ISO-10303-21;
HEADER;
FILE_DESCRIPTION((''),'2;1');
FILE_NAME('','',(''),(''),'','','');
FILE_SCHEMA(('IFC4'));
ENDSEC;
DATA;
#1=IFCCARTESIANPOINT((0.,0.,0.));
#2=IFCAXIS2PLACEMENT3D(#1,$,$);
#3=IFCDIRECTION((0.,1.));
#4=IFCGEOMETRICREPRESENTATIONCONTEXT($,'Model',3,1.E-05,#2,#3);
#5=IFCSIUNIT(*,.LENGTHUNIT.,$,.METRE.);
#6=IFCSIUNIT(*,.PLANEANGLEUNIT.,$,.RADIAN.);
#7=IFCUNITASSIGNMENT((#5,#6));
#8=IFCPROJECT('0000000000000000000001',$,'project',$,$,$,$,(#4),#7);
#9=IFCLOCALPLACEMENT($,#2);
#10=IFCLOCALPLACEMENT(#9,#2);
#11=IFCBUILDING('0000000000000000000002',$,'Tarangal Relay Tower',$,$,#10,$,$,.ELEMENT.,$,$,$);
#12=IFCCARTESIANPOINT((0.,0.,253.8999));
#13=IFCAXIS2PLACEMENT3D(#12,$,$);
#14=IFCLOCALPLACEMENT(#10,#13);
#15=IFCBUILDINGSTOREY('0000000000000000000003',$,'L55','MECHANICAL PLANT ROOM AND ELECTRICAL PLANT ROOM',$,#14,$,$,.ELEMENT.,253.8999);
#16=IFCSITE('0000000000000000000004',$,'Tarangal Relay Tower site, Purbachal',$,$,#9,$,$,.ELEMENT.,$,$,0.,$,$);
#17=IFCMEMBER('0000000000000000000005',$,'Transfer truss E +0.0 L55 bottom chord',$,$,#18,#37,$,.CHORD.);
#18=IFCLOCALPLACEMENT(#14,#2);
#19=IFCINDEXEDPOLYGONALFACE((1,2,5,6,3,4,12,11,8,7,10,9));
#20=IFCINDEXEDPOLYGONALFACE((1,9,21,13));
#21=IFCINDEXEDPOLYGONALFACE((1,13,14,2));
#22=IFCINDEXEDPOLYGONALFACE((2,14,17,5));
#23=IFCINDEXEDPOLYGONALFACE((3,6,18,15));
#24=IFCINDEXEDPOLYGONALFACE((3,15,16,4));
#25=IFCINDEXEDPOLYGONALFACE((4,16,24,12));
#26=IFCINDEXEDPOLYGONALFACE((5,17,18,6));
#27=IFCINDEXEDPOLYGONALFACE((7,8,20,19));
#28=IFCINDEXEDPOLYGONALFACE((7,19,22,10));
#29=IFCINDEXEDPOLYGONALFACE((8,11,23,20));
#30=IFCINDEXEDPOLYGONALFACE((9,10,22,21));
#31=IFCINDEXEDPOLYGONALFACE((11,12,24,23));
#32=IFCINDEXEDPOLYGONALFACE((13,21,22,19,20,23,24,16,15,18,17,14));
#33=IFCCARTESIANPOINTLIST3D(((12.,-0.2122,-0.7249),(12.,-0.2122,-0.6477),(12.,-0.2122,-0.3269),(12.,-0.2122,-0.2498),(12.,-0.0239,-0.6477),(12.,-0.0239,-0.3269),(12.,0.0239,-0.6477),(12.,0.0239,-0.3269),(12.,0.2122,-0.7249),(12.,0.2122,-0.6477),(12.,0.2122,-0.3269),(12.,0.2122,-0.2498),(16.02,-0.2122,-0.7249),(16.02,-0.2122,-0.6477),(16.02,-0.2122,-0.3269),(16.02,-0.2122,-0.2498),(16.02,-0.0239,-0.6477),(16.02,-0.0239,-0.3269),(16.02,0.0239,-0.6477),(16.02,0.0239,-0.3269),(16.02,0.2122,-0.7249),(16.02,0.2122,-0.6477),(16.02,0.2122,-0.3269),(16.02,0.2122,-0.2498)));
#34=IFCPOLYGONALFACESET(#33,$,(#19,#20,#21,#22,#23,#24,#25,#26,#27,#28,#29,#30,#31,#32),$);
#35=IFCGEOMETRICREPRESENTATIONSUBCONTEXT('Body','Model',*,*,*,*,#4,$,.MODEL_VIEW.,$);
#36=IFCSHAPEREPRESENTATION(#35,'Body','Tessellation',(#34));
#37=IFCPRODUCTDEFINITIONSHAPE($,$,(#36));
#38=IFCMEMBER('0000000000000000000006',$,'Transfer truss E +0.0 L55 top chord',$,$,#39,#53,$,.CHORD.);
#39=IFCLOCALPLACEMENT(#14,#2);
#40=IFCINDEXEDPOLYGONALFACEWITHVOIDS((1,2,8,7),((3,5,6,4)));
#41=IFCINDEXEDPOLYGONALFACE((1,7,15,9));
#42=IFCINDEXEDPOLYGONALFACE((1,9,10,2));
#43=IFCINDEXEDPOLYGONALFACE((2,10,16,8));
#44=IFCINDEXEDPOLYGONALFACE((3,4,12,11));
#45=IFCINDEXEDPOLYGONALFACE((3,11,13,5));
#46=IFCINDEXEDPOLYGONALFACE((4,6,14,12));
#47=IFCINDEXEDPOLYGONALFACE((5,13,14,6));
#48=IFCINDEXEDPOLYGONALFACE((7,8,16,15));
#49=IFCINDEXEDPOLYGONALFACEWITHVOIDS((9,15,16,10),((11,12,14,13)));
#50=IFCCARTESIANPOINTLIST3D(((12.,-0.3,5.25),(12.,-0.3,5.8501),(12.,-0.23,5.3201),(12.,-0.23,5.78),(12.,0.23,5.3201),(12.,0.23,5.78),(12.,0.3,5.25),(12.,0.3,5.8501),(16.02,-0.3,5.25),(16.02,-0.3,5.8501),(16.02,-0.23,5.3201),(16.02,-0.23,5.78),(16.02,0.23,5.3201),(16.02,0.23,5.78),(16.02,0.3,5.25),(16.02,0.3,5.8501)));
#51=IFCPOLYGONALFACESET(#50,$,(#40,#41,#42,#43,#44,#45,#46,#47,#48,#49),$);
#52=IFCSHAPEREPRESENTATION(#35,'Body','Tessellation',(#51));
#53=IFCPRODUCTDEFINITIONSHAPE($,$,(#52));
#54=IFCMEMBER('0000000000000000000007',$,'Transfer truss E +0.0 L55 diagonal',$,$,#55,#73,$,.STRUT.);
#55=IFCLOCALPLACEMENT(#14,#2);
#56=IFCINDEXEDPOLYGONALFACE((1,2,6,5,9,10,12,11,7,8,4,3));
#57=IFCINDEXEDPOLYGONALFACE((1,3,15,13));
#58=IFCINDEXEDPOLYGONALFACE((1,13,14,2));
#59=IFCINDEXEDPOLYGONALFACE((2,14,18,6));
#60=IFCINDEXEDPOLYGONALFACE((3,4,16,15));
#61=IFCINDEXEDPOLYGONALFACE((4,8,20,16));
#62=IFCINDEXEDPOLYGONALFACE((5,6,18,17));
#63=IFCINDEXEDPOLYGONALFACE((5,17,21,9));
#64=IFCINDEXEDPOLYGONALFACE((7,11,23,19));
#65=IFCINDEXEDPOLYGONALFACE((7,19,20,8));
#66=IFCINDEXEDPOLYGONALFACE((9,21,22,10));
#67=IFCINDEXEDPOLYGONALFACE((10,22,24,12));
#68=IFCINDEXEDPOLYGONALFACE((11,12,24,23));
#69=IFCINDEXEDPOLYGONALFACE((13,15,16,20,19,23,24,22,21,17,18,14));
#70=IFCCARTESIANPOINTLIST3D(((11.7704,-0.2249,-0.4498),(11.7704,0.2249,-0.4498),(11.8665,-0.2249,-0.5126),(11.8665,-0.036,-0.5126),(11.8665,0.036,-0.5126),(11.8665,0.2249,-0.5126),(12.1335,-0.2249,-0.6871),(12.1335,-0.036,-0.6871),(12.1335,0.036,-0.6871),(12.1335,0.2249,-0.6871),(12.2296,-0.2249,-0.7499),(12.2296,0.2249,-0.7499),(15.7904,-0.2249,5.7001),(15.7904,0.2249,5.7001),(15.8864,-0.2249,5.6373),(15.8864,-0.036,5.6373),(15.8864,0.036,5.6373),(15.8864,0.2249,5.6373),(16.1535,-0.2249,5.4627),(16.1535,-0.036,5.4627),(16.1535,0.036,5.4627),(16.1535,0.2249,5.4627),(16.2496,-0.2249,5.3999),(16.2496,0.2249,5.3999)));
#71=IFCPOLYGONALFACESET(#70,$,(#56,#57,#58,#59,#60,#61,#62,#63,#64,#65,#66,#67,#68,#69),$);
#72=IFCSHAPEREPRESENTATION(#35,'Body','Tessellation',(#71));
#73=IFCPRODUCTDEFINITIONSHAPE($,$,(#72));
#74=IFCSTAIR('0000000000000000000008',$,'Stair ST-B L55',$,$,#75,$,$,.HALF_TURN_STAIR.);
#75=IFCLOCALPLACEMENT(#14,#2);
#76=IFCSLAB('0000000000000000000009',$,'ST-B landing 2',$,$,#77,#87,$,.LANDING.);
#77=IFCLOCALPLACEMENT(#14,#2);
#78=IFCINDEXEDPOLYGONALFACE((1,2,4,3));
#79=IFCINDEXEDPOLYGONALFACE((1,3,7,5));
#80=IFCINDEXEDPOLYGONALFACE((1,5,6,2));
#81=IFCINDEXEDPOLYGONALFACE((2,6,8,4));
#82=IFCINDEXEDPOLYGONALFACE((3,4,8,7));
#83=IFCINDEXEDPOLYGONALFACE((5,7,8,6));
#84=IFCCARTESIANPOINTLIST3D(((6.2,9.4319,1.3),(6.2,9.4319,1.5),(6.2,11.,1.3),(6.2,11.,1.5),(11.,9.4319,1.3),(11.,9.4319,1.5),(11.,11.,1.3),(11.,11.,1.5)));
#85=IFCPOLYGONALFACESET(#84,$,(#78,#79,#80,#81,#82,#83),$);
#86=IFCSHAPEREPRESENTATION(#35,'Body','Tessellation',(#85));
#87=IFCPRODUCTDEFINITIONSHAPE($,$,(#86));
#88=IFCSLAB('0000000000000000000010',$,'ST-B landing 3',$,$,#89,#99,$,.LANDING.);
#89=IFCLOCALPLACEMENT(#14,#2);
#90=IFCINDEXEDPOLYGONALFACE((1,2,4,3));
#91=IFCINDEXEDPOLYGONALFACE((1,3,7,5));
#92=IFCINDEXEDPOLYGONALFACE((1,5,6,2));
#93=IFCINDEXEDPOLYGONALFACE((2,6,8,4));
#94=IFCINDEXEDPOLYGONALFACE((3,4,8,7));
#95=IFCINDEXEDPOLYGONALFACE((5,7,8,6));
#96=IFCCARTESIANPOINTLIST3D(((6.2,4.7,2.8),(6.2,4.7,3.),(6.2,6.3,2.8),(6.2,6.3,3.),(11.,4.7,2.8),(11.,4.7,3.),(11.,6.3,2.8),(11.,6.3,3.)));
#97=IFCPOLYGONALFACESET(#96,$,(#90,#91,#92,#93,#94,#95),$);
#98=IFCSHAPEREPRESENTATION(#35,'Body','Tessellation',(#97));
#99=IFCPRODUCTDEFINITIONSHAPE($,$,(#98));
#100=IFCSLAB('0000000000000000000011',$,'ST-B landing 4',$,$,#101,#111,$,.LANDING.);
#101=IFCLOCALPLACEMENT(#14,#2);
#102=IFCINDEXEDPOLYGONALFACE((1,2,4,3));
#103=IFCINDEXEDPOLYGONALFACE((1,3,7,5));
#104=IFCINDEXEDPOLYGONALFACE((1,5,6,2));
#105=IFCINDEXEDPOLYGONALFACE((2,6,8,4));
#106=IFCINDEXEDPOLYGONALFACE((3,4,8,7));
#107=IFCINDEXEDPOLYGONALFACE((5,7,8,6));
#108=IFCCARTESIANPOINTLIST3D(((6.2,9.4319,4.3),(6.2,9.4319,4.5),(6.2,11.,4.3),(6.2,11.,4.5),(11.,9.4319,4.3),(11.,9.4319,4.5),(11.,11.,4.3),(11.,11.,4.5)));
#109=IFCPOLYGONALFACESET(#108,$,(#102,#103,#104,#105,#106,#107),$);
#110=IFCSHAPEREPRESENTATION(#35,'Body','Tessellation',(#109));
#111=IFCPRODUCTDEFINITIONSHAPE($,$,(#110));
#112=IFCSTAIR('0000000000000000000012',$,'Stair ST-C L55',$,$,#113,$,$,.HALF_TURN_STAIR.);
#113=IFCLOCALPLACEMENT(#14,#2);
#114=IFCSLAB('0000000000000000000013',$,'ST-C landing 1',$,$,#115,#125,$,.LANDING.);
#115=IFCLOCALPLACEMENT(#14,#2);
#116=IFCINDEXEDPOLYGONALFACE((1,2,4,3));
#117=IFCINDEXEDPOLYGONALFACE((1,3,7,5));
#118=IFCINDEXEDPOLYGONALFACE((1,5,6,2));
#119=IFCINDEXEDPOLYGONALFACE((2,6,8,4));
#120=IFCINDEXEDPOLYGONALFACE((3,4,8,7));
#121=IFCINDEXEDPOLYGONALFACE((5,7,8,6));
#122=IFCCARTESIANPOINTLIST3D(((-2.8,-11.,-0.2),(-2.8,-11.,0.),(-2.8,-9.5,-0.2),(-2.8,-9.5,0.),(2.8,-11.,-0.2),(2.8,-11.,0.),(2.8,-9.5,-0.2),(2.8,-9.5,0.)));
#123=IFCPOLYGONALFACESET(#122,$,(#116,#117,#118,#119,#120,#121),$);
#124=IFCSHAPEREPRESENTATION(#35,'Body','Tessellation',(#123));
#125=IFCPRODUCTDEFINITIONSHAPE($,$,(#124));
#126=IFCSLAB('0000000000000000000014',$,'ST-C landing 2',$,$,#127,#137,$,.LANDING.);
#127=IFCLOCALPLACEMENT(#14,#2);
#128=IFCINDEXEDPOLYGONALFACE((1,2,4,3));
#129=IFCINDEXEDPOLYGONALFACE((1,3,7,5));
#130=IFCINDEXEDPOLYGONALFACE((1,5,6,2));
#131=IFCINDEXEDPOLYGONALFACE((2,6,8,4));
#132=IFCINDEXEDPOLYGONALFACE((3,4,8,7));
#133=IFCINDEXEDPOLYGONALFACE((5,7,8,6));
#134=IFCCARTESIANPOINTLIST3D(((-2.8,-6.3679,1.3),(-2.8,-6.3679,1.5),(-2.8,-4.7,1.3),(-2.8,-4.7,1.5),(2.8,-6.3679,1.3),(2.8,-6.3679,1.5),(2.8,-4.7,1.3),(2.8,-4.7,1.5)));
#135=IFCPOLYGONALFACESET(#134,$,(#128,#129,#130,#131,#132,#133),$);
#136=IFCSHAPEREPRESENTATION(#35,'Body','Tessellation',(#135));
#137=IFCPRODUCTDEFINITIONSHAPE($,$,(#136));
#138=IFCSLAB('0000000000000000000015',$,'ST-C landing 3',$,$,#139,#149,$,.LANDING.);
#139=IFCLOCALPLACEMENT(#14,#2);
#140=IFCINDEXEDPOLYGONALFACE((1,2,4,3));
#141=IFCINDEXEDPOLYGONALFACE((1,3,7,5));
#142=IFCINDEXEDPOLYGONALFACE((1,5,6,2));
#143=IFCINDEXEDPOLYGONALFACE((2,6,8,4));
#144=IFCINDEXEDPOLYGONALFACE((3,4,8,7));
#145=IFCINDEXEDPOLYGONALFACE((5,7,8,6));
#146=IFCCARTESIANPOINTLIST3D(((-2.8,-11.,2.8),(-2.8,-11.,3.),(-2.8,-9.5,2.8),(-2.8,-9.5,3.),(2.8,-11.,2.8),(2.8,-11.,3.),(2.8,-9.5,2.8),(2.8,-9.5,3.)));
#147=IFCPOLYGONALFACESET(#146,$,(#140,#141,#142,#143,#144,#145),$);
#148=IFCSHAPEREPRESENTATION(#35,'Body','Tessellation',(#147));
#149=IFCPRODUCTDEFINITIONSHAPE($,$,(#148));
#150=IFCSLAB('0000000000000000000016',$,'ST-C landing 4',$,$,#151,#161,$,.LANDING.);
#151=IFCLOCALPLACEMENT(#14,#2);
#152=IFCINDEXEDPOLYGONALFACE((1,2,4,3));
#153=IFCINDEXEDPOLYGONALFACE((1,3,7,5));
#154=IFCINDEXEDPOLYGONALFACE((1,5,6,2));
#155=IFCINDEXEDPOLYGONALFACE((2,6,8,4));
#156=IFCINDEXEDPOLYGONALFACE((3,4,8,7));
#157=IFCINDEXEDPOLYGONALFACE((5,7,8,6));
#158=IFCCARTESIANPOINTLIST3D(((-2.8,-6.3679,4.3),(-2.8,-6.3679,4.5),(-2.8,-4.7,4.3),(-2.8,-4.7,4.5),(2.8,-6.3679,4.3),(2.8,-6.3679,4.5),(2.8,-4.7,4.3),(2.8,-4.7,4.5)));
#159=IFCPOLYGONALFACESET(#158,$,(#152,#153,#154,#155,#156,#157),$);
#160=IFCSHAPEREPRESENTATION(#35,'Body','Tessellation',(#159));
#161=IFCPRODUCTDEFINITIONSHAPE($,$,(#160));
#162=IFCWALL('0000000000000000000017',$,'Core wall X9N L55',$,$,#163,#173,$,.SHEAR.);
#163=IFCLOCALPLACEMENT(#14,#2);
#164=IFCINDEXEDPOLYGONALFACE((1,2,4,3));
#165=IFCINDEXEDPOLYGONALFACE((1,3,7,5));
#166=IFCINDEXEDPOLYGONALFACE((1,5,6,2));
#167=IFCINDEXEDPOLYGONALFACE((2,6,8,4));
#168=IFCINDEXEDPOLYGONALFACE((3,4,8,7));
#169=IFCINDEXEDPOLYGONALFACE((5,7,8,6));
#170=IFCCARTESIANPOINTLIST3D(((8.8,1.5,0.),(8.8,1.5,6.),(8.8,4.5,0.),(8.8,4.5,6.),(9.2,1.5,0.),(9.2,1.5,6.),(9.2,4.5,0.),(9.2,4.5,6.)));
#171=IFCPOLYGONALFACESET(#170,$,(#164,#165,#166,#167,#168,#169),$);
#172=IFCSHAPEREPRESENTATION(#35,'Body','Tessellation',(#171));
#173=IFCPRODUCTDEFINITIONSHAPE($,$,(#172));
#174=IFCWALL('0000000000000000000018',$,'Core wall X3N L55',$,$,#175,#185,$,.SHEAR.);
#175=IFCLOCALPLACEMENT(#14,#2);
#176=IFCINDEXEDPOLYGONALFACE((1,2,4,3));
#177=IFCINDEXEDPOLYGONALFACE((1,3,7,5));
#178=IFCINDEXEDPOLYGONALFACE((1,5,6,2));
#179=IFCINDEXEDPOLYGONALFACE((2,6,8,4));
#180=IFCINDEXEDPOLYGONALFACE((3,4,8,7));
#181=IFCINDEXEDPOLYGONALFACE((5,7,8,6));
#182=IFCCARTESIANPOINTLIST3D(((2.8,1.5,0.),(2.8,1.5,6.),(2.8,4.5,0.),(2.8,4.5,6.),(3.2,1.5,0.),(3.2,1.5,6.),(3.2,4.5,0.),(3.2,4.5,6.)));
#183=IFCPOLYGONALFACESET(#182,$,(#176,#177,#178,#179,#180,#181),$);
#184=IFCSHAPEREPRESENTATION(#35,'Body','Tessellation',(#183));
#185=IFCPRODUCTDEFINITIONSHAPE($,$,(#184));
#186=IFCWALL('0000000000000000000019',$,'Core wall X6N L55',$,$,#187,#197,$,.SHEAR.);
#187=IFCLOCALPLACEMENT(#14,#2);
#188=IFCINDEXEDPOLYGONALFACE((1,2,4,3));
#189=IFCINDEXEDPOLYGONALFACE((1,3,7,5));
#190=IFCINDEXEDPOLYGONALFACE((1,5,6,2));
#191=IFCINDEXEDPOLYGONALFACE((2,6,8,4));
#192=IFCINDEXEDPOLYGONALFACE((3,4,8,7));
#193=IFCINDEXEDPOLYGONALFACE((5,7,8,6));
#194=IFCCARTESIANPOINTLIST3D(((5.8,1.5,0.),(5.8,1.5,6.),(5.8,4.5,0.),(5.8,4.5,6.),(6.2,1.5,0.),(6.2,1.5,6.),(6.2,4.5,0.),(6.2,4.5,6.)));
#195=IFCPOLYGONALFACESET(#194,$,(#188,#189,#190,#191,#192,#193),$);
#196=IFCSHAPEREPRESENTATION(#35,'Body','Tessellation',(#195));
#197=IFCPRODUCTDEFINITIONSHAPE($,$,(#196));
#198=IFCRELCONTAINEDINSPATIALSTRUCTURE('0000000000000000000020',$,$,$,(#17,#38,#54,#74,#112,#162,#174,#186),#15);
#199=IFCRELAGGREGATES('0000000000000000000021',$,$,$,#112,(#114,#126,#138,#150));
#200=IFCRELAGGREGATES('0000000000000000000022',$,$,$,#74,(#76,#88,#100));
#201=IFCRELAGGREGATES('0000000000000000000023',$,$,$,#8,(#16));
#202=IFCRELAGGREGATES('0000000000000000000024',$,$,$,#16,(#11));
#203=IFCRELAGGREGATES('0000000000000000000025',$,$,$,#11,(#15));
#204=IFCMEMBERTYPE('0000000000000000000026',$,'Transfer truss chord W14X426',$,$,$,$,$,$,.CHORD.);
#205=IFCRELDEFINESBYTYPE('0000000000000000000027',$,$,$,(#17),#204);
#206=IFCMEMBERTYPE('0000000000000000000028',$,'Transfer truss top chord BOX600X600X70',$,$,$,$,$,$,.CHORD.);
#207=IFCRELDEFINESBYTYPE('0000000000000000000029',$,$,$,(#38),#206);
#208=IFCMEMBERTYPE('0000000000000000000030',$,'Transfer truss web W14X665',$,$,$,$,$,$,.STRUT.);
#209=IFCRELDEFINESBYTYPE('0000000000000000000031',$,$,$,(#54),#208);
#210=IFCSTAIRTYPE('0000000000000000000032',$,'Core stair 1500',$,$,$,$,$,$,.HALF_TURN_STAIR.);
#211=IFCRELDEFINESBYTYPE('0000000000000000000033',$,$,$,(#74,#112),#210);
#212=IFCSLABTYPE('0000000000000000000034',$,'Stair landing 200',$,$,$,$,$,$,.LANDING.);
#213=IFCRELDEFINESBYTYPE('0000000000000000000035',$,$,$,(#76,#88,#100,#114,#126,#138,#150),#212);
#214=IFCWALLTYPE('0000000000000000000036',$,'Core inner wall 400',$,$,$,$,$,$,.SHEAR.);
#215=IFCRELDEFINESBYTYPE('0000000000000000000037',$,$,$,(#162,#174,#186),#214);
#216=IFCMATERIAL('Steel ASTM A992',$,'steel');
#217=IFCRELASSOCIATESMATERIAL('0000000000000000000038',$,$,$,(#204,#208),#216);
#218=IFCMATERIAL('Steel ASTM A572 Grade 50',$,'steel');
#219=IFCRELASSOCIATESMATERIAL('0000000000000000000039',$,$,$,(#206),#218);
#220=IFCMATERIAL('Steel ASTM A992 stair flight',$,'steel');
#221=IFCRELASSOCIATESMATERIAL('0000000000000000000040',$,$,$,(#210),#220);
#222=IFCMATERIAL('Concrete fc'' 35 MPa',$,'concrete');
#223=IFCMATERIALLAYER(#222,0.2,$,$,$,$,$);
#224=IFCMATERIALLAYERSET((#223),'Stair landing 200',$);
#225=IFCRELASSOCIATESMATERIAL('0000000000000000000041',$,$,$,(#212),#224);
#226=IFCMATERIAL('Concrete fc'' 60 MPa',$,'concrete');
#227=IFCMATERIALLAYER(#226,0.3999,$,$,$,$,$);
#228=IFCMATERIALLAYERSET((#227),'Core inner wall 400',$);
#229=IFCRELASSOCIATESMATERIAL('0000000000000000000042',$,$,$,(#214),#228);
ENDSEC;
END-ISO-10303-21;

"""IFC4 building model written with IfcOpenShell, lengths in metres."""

from ifc_helpers import new_model, si_unit, direction, frame, frame_2d, origin, origin_2d, place, context, subcontext, project, spatial, polyline, rectangle, hollow_rectangle, i_section, outline, extrude, material, layer, layer_set, material_profile, profile_set, type_object, element, aggregate, save


model = new_model("IFC4")

# Units and contexts
model_context = context("Model", 3, precision=1e-05, world=origin(), true_north=direction((0.0, 1.0)))
body_context = subcontext(model_context, "Body", "Model", "MODEL_VIEW")
ifc_project = project(units=[si_unit("LENGTHUNIT", "METRE"), si_unit("PLANEANGLEUNIT", "RADIAN")], contexts=[model_context])

# Site, building, storey
site_placement = place(None, origin())
site = spatial("IfcSite", under=ifc_project, at=site_placement, Name="Tarangal Relay Tower site, Purbachal", CompositionType="ELEMENT", RefElevation=0.0)
building_placement = place(site_placement, origin())
building = spatial("IfcBuilding", under=site, at=building_placement, Name="Tarangal Relay Tower", CompositionType="ELEMENT")
storey_placement = place(building_placement, frame((0.0, 0.0, 253.8999)))
storey = spatial("IfcBuildingStorey", under=building, at=storey_placement, Name="L55", Description="MECHANICAL PLANT ROOM AND ELECTRICAL PLANT ROOM", CompositionType="ELEMENT", Elevation=253.8999)

# Members
ifc_material_1 = material(Name="Steel ASTM A992", Category="steel")
ifc_material_profile_1 = material_profile(ifc_material_1, i_section(OverallWidth=0.4243, OverallDepth=0.4751, WebThickness=0.0479, FlangeThickness=0.0771, at=origin_2d()), Name="W14X426")
ifc_profile_set_1 = profile_set([ifc_material_profile_1], Name="Steel ASTM A992")
member_type_1 = type_object("IfcMemberType", Name="Transfer truss chord W14X426", PredefinedType="CHORD", material=ifc_profile_set_1)
member_1_placement = place(storey_placement, frame((12.0, 0.0, -0.4873), z_axis=(1.0, 0.0, 0.0), x_axis=(0.0, 1.0, 0.0)))
element("IfcMember", 1, at=member_1_placement, inside=storey, type_object=member_type_1, Name="Transfer truss E +0.0 L55 bottom chord", PredefinedType="CHORD", context=body_context, shape_type="SweptSolid", body=[
    extrude(i_section(OverallWidth=0.4243, OverallDepth=0.4751, WebThickness=0.0479, FlangeThickness=0.0771, at=origin_2d()), origin(), (0.0, 0.0, 1.0), 4.02),
])
ifc_material_2 = material(Name="Steel ASTM A572 Grade 50", Category="steel")
ifc_material_profile_2 = material_profile(ifc_material_2, hollow_rectangle(XDim=0.6001, YDim=0.6001, WallThickness=0.0701, at=origin_2d()), Name="BOX600X600X70")
ifc_profile_set_2 = profile_set([ifc_material_profile_2], Name="Steel ASTM A572 Grade 50")
member_type_2 = type_object("IfcMemberType", Name="Transfer truss top chord BOX600X600X70", PredefinedType="CHORD", material=ifc_profile_set_2)
member_2_placement = place(storey_placement, frame((12.0, 0.0, 5.55), z_axis=(1.0, 0.0, 0.0), x_axis=(0.0, 1.0, 0.0)))
element("IfcMember", 2, at=member_2_placement, inside=storey, type_object=member_type_2, Name="Transfer truss E +0.0 L55 top chord", PredefinedType="CHORD", context=body_context, shape_type="SweptSolid", body=[
    extrude(hollow_rectangle(XDim=0.6001, YDim=0.6001, WallThickness=0.0701, at=origin_2d()), origin(), (0.0, 0.0, 1.0), 4.02),
])
ifc_material_profile_3 = material_profile(ifc_material_1, i_section(OverallWidth=0.4497, OverallDepth=0.5486, WebThickness=0.072, FlangeThickness=0.1147, at=origin_2d()), Name="W14X665")
ifc_profile_set_3 = profile_set([ifc_material_profile_3], Name="Steel ASTM A992")
member_type_3 = type_object("IfcMemberType", Name="Transfer truss web W14X665", PredefinedType="STRUT", material=ifc_profile_set_3)
member_3_placement = place(storey_placement, frame((12.0, 0.0, -0.5999), z_axis=(0.547147, 0.0, 0.837036), x_axis=(0.0, 1.0, 0.0)))
element("IfcMember", 3, at=member_3_placement, inside=storey, type_object=member_type_3, Name="Transfer truss E +0.0 L55 diagonal", PredefinedType="STRUT", context=body_context, shape_type="SweptSolid", body=[
    extrude(i_section(OverallWidth=0.4497, OverallDepth=0.5486, WebThickness=0.072, FlangeThickness=0.1147, at=origin_2d()), origin(), (0.0, 0.0, 1.0), 7.3472),
])

# Stairs, slabs
ifc_material_3 = material(Name="Steel ASTM A992 stair flight", Category="steel")
stair_type = type_object("IfcStairType", Name="Core stair 1500", PredefinedType="HALF_TURN_STAIR", material=ifc_material_3)
stair_1_placement = place(storey_placement, origin())
stair_1 = element("IfcStair", 4, at=stair_1_placement, inside=storey, type_object=stair_type, Name="Stair ST-B L55", PredefinedType="HALF_TURN_STAIR")
ifc_material_4 = material(Name="Concrete fc' 35 MPa", Category="concrete")
ifc_layer_1 = layer(ifc_material_4, 0.2)
ifc_layer_set_1 = layer_set([ifc_layer_1], Name="Stair landing 200")
slab_type = type_object("IfcSlabType", Name="Stair landing 200", PredefinedType="LANDING", material=ifc_layer_set_1)
slab_1_placement = place(storey_placement, frame((0.0, 0.0, 1.3)))
slab_1 = element("IfcSlab", 5, at=slab_1_placement, type_object=slab_type, Name="ST-B landing 2", PredefinedType="LANDING", context=body_context, shape_type="SweptSolid", body=[
    extrude(outline(polyline([(6.2, 9.4319), (11.0, 9.4319), (11.0, 11.0), (6.2, 11.0), (6.2, 9.4319)])), origin(), (0.0, 0.0, 1.0), 0.2),
])
slab_2_placement = place(storey_placement, frame((0.0, 0.0, 2.8)))
slab_2 = element("IfcSlab", 6, at=slab_2_placement, type_object=slab_type, Name="ST-B landing 3", PredefinedType="LANDING", context=body_context, shape_type="SweptSolid", body=[
    extrude(outline(polyline([(6.2, 4.7), (11.0, 4.7), (11.0, 6.3), (6.2, 6.3), (6.2, 4.7)])), origin(), (0.0, 0.0, 1.0), 0.2),
])
slab_3_placement = place(storey_placement, frame((0.0, 0.0, 4.3)))
slab_3 = element("IfcSlab", 7, at=slab_3_placement, type_object=slab_type, Name="ST-B landing 4", PredefinedType="LANDING", context=body_context, shape_type="SweptSolid", body=[
    extrude(outline(polyline([(6.2, 9.4319), (11.0, 9.4319), (11.0, 11.0), (6.2, 11.0), (6.2, 9.4319)])), origin(), (0.0, 0.0, 1.0), 0.2),
])
stair_2_placement = place(storey_placement, origin())
stair_2 = element("IfcStair", 8, at=stair_2_placement, inside=storey, type_object=stair_type, Name="Stair ST-C L55", PredefinedType="HALF_TURN_STAIR")
slab_4_placement = place(storey_placement, frame((0.0, 0.0, -0.2)))
slab_4 = element("IfcSlab", 9, at=slab_4_placement, type_object=slab_type, Name="ST-C landing 1", PredefinedType="LANDING", context=body_context, shape_type="SweptSolid", body=[
    extrude(outline(polyline([(-2.8, -11.0), (2.8, -11.0), (2.8, -9.5), (-2.8, -9.5), (-2.8, -11.0)])), origin(), (0.0, 0.0, 1.0), 0.2),
])
slab_5_placement = place(storey_placement, frame((0.0, 0.0, 1.3)))
slab_5 = element("IfcSlab", 10, at=slab_5_placement, type_object=slab_type, Name="ST-C landing 2", PredefinedType="LANDING", context=body_context, shape_type="SweptSolid", body=[
    extrude(outline(polyline([(-2.8, -6.3679), (2.8, -6.3679), (2.8, -4.7), (-2.8, -4.7), (-2.8, -6.3679)])), origin(), (0.0, 0.0, 1.0), 0.2),
])
slab_6_placement = place(storey_placement, frame((0.0, 0.0, 2.8)))
slab_6 = element("IfcSlab", 11, at=slab_6_placement, type_object=slab_type, Name="ST-C landing 3", PredefinedType="LANDING", context=body_context, shape_type="SweptSolid", body=[
    extrude(outline(polyline([(-2.8, -11.0), (2.8, -11.0), (2.8, -9.5), (-2.8, -9.5), (-2.8, -11.0)])), origin(), (0.0, 0.0, 1.0), 0.2),
])
slab_7_placement = place(storey_placement, frame((0.0, 0.0, 4.3)))
slab_7 = element("IfcSlab", 12, at=slab_7_placement, type_object=slab_type, Name="ST-C landing 4", PredefinedType="LANDING", context=body_context, shape_type="SweptSolid", body=[
    extrude(outline(polyline([(-2.8, -6.3679), (2.8, -6.3679), (2.8, -4.7), (-2.8, -4.7), (-2.8, -6.3679)])), origin(), (0.0, 0.0, 1.0), 0.2),
])
aggregate(stair_2, [slab_4, slab_5, slab_6, slab_7])

# Walls
ifc_material_5 = material(Name="Concrete fc' 60 MPa", Category="concrete")
ifc_layer_2 = layer(ifc_material_5, 0.3999)
ifc_layer_set_2 = layer_set([ifc_layer_2], Name="Core inner wall 400")
wall_type = type_object("IfcWallType", Name="Core inner wall 400", PredefinedType="SHEAR", material=ifc_layer_set_2)
for number, where, z_axis, x_axis, name in (
    (13, (9.0, 1.5, 0.0), (0.0, 0.0, 1.0), (0.0, 1.0, 0.0), "Core wall X9N L55"),
    (14, (3.0, 1.5, 0.0), (0.0, 0.0, 1.0), (0.0, 1.0, 0.0), "Core wall X3N L55"),
    (15, (6.0, 1.5, 0.0), (0.0, 0.0, 1.0), (0.0, 1.0, 0.0), "Core wall X6N L55"),
):
    element("IfcWall", number, at=place(storey_placement, frame(where, z_axis=z_axis, x_axis=x_axis)), inside=storey, type_object=wall_type, Name=name, PredefinedType="SHEAR", context=body_context, shape_type="SweptSolid", body=[
        extrude(rectangle(XDim=3.0, YDim=0.3999, at=frame_2d((1.5, 0.0))), origin(), (0.0, 0.0, 1.0), 6.0),
    ])

aggregate(stair_1, [slab_1, slab_2, slab_3])

save(model, "model.ifc")
